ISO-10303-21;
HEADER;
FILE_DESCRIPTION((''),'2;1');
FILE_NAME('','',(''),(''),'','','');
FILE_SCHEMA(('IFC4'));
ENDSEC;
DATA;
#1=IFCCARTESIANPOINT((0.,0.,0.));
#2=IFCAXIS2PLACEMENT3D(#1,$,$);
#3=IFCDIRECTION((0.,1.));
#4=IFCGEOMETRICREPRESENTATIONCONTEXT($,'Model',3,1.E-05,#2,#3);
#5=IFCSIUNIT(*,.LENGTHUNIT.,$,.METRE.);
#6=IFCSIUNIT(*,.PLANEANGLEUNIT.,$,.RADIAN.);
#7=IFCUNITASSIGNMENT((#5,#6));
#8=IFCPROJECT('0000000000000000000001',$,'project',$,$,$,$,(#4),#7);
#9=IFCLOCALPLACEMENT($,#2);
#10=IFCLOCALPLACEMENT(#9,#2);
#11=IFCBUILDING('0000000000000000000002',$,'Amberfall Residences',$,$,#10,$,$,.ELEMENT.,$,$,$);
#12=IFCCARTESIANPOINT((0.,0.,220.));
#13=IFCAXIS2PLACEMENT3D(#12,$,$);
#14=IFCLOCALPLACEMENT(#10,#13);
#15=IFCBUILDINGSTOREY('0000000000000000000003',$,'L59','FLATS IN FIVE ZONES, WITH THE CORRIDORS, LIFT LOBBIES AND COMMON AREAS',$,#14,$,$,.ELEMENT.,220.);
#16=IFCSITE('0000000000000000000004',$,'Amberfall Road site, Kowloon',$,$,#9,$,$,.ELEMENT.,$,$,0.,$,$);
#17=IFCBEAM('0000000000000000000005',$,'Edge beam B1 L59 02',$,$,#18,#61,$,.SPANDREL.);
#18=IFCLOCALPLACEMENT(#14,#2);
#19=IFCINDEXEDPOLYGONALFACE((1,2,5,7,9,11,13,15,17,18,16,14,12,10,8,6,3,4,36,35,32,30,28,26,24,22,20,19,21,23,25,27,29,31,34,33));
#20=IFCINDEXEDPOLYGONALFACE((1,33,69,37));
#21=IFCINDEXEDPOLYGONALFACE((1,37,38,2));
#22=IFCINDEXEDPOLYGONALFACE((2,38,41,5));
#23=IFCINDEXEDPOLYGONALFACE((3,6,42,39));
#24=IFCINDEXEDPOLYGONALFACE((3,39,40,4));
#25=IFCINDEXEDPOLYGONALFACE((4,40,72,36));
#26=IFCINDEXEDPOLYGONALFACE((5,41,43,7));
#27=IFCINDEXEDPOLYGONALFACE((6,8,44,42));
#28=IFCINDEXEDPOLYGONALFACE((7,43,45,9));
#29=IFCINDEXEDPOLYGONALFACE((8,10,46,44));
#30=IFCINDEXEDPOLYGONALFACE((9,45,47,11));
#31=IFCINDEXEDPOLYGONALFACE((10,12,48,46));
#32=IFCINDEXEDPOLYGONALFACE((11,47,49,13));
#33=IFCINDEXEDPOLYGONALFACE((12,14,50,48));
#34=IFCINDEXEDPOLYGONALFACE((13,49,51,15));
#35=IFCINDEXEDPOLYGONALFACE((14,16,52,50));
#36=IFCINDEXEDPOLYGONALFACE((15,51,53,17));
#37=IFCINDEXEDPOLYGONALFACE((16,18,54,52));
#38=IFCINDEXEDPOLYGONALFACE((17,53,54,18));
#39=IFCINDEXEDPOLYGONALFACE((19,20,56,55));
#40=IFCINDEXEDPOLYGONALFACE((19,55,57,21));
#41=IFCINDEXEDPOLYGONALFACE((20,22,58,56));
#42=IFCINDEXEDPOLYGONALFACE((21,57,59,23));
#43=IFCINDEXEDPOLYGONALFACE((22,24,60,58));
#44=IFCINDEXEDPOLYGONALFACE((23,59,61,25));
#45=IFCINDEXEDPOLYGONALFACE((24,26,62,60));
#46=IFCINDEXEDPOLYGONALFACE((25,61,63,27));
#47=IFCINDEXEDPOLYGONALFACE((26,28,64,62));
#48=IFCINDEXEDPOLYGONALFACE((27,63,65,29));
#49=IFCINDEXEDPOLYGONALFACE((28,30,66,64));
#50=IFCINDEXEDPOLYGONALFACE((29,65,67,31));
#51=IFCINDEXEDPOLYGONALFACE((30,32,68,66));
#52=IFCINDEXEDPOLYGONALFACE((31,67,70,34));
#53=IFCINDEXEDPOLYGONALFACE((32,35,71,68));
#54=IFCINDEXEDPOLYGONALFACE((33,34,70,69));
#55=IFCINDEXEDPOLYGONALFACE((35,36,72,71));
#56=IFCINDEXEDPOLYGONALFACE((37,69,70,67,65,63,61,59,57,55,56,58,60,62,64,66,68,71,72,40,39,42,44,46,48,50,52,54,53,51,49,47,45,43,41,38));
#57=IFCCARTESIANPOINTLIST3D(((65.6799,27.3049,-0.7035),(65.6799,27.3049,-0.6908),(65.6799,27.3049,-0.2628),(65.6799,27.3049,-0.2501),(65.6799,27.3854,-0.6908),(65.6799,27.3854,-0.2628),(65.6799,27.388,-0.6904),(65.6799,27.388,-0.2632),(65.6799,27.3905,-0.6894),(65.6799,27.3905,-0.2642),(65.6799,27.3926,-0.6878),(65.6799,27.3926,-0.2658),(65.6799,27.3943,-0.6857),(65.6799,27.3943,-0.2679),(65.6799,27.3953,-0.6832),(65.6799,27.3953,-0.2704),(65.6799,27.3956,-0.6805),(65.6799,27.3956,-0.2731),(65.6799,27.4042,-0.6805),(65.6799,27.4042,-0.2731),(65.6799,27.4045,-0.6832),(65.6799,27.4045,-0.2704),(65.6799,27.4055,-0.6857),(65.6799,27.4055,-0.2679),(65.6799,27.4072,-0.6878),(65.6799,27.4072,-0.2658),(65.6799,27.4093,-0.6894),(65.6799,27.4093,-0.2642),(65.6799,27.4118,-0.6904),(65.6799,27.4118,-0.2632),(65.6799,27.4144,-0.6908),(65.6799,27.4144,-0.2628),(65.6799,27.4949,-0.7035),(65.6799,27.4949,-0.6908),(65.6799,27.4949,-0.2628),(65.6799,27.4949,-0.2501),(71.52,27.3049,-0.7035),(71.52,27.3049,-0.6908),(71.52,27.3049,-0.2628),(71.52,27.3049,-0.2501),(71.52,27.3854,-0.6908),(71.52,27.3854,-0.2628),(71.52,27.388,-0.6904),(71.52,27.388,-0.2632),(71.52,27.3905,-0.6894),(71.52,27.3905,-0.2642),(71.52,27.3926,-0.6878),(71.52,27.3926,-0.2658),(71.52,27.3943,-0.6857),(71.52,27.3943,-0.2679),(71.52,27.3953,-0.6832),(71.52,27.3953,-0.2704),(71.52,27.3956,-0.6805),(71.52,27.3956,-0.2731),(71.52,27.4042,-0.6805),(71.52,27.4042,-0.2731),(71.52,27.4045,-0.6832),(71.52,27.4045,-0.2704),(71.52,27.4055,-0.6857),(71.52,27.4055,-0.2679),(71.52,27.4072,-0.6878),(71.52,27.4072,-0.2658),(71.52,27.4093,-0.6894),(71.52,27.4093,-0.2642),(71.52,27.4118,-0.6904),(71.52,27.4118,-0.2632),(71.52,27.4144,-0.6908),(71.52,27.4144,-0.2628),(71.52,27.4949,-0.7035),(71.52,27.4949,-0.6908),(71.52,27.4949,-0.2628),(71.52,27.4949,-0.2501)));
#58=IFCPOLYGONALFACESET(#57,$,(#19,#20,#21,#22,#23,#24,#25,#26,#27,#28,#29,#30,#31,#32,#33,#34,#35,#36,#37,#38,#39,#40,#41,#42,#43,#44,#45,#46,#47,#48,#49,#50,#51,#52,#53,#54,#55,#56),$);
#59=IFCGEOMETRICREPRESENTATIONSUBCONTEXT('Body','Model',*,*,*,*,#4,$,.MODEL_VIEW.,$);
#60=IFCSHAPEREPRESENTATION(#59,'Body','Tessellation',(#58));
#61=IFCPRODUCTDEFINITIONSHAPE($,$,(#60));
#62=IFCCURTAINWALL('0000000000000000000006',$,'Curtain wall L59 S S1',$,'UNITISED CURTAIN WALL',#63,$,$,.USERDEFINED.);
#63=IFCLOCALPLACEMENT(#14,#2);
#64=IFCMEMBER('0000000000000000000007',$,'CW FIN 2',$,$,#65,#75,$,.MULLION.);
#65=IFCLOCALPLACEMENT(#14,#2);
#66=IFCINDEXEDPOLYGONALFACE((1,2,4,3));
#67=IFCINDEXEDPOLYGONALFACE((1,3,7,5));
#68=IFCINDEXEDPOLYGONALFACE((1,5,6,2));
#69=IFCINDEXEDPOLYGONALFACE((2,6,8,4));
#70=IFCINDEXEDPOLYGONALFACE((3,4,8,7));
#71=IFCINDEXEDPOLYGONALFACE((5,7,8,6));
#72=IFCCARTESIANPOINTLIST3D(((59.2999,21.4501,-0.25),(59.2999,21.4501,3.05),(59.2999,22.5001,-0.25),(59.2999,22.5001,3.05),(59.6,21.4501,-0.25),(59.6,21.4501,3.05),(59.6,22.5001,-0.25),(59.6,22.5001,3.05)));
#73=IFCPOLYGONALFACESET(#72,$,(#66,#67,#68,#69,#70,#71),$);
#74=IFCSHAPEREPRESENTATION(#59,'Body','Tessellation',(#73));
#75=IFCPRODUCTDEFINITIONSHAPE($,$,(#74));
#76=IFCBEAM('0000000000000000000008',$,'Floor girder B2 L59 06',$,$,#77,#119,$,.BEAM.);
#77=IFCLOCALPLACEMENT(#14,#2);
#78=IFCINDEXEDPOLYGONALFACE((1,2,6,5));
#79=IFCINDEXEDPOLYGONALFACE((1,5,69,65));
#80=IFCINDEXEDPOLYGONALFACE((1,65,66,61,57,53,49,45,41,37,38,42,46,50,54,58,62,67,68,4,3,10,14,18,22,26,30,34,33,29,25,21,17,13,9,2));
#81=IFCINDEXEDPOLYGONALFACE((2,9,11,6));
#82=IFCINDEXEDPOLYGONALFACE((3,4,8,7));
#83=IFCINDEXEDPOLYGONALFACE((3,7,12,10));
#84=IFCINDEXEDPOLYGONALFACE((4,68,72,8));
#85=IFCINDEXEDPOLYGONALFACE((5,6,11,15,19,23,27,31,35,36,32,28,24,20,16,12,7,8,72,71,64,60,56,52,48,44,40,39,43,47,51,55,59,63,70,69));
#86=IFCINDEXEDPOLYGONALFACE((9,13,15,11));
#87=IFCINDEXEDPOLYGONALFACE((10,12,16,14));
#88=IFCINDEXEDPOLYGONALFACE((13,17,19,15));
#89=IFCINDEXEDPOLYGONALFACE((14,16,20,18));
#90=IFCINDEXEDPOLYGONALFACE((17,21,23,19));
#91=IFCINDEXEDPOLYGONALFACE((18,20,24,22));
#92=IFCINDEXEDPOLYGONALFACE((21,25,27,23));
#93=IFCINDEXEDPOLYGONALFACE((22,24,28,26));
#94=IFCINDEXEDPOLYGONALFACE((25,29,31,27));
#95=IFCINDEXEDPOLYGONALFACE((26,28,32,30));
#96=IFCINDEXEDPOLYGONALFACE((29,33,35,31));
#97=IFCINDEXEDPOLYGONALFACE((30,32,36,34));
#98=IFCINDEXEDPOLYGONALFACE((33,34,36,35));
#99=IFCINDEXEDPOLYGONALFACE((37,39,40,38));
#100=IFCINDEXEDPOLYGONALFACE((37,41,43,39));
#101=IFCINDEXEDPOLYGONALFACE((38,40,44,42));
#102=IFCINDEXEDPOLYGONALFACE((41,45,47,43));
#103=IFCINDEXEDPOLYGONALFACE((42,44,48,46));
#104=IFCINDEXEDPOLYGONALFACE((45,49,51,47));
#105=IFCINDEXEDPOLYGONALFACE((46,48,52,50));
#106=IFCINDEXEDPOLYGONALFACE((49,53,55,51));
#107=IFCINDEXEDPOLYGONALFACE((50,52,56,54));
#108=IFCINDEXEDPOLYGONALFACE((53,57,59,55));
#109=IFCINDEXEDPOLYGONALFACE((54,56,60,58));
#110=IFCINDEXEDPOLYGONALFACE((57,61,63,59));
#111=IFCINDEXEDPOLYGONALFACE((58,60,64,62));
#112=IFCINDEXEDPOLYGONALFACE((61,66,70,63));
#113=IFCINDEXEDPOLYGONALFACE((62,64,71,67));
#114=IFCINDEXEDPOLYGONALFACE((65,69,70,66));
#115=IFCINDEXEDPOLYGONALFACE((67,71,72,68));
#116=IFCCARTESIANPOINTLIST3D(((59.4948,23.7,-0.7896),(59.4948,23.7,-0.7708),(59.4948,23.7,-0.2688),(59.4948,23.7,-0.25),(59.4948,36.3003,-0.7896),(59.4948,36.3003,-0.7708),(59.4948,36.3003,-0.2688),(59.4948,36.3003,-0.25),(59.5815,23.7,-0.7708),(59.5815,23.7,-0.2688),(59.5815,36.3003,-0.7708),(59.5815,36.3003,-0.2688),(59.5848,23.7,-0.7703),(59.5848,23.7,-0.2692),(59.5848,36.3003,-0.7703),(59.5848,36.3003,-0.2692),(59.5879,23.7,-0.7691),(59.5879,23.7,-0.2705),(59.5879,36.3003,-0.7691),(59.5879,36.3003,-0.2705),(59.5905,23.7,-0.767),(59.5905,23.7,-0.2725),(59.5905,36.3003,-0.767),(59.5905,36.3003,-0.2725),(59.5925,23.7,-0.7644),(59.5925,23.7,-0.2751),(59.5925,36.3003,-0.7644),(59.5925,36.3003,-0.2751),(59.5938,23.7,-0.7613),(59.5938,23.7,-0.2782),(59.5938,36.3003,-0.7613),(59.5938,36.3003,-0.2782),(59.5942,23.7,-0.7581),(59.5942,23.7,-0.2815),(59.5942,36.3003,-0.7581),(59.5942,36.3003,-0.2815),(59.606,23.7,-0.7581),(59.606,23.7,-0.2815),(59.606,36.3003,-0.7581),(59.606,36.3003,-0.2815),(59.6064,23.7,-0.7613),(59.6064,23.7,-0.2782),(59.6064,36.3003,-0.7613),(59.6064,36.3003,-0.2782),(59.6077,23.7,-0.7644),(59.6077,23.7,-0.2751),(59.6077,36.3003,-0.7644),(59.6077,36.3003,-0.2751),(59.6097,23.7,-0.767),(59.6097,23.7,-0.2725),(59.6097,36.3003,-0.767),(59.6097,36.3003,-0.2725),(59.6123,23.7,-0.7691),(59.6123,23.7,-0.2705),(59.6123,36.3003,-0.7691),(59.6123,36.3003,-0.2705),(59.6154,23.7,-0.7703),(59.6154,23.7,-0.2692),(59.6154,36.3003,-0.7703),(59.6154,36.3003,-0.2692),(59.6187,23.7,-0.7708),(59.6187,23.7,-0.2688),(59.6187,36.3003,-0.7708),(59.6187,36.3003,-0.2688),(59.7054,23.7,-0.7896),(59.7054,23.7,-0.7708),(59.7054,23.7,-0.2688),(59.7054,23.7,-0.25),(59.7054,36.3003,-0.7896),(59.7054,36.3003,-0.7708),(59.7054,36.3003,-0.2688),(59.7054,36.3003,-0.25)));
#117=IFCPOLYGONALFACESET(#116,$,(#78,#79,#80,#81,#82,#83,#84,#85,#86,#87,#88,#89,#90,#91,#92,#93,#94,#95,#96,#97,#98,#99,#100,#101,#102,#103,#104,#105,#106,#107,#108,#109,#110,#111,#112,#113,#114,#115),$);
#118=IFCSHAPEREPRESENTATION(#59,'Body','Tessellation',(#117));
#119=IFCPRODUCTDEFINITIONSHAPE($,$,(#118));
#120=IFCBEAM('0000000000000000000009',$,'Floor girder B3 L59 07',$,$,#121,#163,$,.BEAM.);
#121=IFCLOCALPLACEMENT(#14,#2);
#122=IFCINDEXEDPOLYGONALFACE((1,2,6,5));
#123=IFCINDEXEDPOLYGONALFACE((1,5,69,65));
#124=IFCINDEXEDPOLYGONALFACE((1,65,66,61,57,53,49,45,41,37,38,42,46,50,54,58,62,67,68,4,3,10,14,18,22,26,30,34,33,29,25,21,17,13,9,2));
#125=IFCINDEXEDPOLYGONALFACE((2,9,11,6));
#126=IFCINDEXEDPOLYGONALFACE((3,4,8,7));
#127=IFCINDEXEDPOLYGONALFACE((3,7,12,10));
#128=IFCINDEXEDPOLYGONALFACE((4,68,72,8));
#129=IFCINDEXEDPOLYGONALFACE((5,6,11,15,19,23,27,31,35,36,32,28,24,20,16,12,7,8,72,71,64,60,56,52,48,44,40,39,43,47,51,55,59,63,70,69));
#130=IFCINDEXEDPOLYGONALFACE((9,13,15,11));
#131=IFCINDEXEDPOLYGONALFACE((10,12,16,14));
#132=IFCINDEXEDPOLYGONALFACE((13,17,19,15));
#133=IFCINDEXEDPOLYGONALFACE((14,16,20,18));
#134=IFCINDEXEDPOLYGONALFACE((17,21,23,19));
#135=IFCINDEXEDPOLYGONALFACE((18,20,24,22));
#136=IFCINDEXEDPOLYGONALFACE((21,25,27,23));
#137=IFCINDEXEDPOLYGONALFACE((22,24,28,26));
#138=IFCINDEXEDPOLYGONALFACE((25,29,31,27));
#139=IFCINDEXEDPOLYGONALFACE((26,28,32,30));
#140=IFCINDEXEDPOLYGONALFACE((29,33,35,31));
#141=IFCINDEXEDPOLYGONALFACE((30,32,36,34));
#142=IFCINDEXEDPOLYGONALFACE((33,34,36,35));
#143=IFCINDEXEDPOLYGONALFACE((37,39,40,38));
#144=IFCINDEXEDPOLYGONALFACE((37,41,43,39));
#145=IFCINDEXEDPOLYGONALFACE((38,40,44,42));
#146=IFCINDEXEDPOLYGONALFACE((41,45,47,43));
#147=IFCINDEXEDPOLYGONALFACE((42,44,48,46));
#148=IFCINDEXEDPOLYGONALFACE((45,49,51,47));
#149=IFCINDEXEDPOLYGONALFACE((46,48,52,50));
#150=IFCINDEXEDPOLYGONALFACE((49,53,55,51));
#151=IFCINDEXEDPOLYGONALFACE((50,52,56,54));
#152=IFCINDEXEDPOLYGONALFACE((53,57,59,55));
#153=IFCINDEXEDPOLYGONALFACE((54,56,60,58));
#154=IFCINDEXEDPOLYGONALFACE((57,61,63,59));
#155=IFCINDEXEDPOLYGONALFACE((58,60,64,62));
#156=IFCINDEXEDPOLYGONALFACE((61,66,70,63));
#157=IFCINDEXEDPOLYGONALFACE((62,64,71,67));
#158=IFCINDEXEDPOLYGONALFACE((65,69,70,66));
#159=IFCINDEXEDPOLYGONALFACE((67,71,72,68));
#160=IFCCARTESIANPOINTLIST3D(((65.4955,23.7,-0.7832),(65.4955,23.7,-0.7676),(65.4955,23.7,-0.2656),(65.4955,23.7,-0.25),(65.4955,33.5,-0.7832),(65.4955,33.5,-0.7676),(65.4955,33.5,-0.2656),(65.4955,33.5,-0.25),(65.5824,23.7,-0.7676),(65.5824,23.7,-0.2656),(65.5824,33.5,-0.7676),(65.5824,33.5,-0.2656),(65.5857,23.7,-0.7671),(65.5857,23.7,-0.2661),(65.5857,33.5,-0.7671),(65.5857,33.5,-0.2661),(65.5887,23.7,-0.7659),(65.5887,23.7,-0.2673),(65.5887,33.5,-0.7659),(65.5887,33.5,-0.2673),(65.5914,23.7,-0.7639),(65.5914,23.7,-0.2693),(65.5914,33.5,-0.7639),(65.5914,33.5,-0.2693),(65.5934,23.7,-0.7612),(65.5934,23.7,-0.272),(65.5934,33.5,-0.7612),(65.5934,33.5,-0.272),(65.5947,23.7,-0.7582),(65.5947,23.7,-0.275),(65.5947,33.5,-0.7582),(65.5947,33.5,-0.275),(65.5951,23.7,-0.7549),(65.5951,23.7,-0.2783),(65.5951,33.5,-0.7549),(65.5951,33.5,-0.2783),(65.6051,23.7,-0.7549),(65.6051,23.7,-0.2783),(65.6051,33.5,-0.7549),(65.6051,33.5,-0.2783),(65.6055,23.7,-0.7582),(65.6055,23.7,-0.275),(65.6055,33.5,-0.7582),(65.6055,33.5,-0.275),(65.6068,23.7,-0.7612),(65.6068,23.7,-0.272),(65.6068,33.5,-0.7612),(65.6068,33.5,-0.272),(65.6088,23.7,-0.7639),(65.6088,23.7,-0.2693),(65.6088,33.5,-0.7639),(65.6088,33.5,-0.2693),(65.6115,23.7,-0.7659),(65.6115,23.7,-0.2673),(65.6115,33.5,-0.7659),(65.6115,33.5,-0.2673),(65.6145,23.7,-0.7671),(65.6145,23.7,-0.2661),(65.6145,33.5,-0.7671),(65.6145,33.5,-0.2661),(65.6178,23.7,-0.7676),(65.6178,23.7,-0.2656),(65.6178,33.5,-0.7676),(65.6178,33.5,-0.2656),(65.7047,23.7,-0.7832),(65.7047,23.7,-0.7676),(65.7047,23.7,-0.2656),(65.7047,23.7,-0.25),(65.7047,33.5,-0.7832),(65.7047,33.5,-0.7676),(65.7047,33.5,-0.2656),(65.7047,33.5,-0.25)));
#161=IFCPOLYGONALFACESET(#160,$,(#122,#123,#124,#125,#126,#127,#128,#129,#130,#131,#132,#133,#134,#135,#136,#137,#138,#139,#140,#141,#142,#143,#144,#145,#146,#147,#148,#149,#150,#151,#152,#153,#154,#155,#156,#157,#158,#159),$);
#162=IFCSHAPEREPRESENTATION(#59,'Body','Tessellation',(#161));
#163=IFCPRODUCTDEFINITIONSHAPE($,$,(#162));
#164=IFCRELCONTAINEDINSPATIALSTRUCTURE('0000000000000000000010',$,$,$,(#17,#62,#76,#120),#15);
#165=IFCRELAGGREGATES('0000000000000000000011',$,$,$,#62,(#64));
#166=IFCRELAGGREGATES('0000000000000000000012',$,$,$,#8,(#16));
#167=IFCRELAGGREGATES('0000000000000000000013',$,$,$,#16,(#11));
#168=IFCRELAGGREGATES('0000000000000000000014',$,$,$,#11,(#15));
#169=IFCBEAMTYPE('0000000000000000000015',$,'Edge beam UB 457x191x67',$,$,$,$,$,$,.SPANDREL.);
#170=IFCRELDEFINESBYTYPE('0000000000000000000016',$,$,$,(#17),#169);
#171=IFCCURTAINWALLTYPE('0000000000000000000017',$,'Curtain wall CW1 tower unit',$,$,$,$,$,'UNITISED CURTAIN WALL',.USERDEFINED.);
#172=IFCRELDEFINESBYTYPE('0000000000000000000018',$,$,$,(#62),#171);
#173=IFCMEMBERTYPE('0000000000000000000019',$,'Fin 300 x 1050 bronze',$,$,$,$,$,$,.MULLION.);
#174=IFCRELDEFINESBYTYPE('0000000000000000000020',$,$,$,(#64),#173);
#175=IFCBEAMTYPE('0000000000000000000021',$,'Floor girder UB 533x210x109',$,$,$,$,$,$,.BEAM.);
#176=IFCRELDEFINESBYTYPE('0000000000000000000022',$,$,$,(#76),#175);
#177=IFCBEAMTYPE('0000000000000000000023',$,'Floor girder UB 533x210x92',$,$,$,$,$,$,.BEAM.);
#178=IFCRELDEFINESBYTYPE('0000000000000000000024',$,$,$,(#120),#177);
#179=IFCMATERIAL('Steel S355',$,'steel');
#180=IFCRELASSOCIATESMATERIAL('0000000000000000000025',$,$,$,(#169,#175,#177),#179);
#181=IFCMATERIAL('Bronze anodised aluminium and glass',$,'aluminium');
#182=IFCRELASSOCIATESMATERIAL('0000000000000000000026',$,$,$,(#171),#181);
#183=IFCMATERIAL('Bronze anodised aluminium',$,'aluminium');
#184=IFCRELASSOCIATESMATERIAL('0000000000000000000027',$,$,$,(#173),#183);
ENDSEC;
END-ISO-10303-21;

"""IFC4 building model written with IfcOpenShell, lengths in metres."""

from ifc_helpers import new_model, si_unit, direction, frame, origin, origin_2d, place, context, subcontext, project, spatial, rectangle, i_section, extrude, material, material_profile, profile_set, type_object, element, aggregate, save


model = new_model("IFC4")

# Units and contexts
model_context = context("Model", 3, precision=1e-05, world=origin(), true_north=direction((0.0, 1.0)))
body_context = subcontext(model_context, "Body", "Model", "MODEL_VIEW")
ifc_project = project(units=[si_unit("LENGTHUNIT", "METRE"), si_unit("PLANEANGLEUNIT", "RADIAN")], contexts=[model_context])

# Site, building, storey
site_placement = place(None, origin())
site = spatial("IfcSite", under=ifc_project, at=site_placement, Name="Amberfall Road site, Kowloon", CompositionType="ELEMENT", RefElevation=0.0)
building_placement = place(site_placement, origin())
building = spatial("IfcBuilding", under=site, at=building_placement, Name="Amberfall Residences", CompositionType="ELEMENT")
storey_placement = place(building_placement, frame((0.0, 0.0, 220.0)))
storey = spatial("IfcBuildingStorey", under=building, at=storey_placement, Name="L59", Description="FLATS IN FIVE ZONES, WITH THE CORRIDORS, LIFT LOBBIES AND COMMON AREAS", CompositionType="ELEMENT", Elevation=220.0)

# Shared definitions
ifc_material_1 = material(Name="Bronze anodised aluminium and glass", Category="aluminium")
ifc_material_2 = material(Name="Bronze anodised aluminium", Category="aluminium")

# Beam
ifc_material_3 = material(Name="Steel S355", Category="steel")
ifc_material_profile_1 = material_profile(ifc_material_3, i_section(OverallWidth=0.1899, OverallDepth=0.4534, WebThickness=0.0085, FlangeThickness=0.0127, FilletRadius=0.0103, at=origin_2d()), Name="UB 457x191x67")
ifc_profile_set_1 = profile_set([ifc_material_profile_1], Name="Steel S355")
beam_type_1 = type_object("IfcBeamType", Name="Edge beam UB 457x191x67", PredefinedType="SPANDREL", material=ifc_profile_set_1)
for number, where, z_axis, x_axis, name in (
    (1, (65.6799, 27.3999, -0.4768), (1.0, 0.0, 0.0), (0.0, 1.0, 0.0), "Edge beam B1 L59 02"),
):
    element("IfcBeam", number, at=place(storey_placement, frame(where, z_axis=z_axis, x_axis=x_axis)), inside=storey, type_object=beam_type_1, Name=name, PredefinedType="SPANDREL", context=body_context, shape_type="SweptSolid", body=[
        extrude(i_section(OverallWidth=0.1899, OverallDepth=0.4534, WebThickness=0.0085, FlangeThickness=0.0127, FilletRadius=0.0103, at=origin_2d()), origin(), (0.0, 0.0, 1.0), 5.8401),
    ])

# Curtain wall, member
curtain_wall_type_1 = type_object("IfcCurtainWallType", Name="Curtain wall CW1 tower unit", ElementType="UNITISED CURTAIN WALL", PredefinedType="USERDEFINED", material=ifc_material_1)
curtain_wall_1_placement = place(storey_placement, origin())
curtain_wall_1 = element("IfcCurtainWall", 2, at=curtain_wall_1_placement, inside=storey, type_object=curtain_wall_type_1, Name="Curtain wall L59 S S1", ObjectType="UNITISED CURTAIN WALL", PredefinedType="USERDEFINED")
ifc_material_profile_2 = material_profile(ifc_material_2, rectangle(XDim=1.05, YDim=0.3, at=origin_2d()), Name="Fin 300 x 1050 bronze")
ifc_profile_set_2 = profile_set([ifc_material_profile_2], Name="Bronze anodised aluminium")
member_type_1 = type_object("IfcMemberType", Name="Fin 300 x 1050 bronze", PredefinedType="MULLION", material=ifc_profile_set_2)
member_1_placement = place(storey_placement, frame((59.45, 21.9751, -0.25), z_axis=(0.0, 0.0, 1.0), x_axis=(0.0, 1.0, 0.0)))
member_1 = element("IfcMember", 3, at=member_1_placement, type_object=member_type_1, Name="CW FIN 2", PredefinedType="MULLION", context=body_context, shape_type="SweptSolid", body=[
    extrude(rectangle(XDim=1.05, YDim=0.3, at=origin_2d()), origin(), (0.0, 0.0, 1.0), 3.3),
])
aggregate(curtain_wall_1, [member_1])

# Beams
ifc_material_profile_3 = material_profile(ifc_material_3, i_section(OverallWidth=0.2107, OverallDepth=0.5396, WebThickness=0.0117, FlangeThickness=0.0188, FilletRadius=0.0127, at=origin_2d()), Name="UB 533x210x109")
ifc_profile_set_3 = profile_set([ifc_material_profile_3], Name="Steel S355")
beam_type_2 = type_object("IfcBeamType", Name="Floor girder UB 533x210x109", PredefinedType="BEAM", material=ifc_profile_set_3)
beam_placement = place(storey_placement, frame((59.6001, 23.7, -0.5198), z_axis=(0.0, 1.0, 0.0), x_axis=(-1.0, 0.0, 0.0)))
element("IfcBeam", 4, at=beam_placement, inside=storey, type_object=beam_type_2, Name="Floor girder B2 L59 06", PredefinedType="BEAM", context=body_context, shape_type="SweptSolid", body=[
    extrude(i_section(OverallWidth=0.2107, OverallDepth=0.5396, WebThickness=0.0117, FlangeThickness=0.0188, FilletRadius=0.0127, at=origin_2d()), origin(), (0.0, 0.0, 1.0), 12.6003),
])
ifc_material_profile_4 = material_profile(ifc_material_3, i_section(OverallWidth=0.2092, OverallDepth=0.5332, WebThickness=0.01, FlangeThickness=0.0156, FilletRadius=0.0127, at=origin_2d()), Name="UB 533x210x92")
ifc_profile_set_4 = profile_set([ifc_material_profile_4], Name="Steel S355")
beam_type_3 = type_object("IfcBeamType", Name="Floor girder UB 533x210x92", PredefinedType="BEAM", material=ifc_profile_set_4)
for number, where, z_axis, x_axis, name in (
    (5, (65.6001, 23.7, -0.5166), (0.0, 1.0, 0.0), (-1.0, 0.0, 0.0), "Floor girder B3 L59 07"),
):
    element("IfcBeam", number, at=place(storey_placement, frame(where, z_axis=z_axis, x_axis=x_axis)), inside=storey, type_object=beam_type_3, Name=name, PredefinedType="BEAM", context=body_context, shape_type="SweptSolid", body=[
        extrude(i_section(OverallWidth=0.2092, OverallDepth=0.5332, WebThickness=0.01, FlangeThickness=0.0156, FilletRadius=0.0127, at=origin_2d()), origin(), (0.0, 0.0, 1.0), 9.8),
    ])

save(model, "model.ifc")
